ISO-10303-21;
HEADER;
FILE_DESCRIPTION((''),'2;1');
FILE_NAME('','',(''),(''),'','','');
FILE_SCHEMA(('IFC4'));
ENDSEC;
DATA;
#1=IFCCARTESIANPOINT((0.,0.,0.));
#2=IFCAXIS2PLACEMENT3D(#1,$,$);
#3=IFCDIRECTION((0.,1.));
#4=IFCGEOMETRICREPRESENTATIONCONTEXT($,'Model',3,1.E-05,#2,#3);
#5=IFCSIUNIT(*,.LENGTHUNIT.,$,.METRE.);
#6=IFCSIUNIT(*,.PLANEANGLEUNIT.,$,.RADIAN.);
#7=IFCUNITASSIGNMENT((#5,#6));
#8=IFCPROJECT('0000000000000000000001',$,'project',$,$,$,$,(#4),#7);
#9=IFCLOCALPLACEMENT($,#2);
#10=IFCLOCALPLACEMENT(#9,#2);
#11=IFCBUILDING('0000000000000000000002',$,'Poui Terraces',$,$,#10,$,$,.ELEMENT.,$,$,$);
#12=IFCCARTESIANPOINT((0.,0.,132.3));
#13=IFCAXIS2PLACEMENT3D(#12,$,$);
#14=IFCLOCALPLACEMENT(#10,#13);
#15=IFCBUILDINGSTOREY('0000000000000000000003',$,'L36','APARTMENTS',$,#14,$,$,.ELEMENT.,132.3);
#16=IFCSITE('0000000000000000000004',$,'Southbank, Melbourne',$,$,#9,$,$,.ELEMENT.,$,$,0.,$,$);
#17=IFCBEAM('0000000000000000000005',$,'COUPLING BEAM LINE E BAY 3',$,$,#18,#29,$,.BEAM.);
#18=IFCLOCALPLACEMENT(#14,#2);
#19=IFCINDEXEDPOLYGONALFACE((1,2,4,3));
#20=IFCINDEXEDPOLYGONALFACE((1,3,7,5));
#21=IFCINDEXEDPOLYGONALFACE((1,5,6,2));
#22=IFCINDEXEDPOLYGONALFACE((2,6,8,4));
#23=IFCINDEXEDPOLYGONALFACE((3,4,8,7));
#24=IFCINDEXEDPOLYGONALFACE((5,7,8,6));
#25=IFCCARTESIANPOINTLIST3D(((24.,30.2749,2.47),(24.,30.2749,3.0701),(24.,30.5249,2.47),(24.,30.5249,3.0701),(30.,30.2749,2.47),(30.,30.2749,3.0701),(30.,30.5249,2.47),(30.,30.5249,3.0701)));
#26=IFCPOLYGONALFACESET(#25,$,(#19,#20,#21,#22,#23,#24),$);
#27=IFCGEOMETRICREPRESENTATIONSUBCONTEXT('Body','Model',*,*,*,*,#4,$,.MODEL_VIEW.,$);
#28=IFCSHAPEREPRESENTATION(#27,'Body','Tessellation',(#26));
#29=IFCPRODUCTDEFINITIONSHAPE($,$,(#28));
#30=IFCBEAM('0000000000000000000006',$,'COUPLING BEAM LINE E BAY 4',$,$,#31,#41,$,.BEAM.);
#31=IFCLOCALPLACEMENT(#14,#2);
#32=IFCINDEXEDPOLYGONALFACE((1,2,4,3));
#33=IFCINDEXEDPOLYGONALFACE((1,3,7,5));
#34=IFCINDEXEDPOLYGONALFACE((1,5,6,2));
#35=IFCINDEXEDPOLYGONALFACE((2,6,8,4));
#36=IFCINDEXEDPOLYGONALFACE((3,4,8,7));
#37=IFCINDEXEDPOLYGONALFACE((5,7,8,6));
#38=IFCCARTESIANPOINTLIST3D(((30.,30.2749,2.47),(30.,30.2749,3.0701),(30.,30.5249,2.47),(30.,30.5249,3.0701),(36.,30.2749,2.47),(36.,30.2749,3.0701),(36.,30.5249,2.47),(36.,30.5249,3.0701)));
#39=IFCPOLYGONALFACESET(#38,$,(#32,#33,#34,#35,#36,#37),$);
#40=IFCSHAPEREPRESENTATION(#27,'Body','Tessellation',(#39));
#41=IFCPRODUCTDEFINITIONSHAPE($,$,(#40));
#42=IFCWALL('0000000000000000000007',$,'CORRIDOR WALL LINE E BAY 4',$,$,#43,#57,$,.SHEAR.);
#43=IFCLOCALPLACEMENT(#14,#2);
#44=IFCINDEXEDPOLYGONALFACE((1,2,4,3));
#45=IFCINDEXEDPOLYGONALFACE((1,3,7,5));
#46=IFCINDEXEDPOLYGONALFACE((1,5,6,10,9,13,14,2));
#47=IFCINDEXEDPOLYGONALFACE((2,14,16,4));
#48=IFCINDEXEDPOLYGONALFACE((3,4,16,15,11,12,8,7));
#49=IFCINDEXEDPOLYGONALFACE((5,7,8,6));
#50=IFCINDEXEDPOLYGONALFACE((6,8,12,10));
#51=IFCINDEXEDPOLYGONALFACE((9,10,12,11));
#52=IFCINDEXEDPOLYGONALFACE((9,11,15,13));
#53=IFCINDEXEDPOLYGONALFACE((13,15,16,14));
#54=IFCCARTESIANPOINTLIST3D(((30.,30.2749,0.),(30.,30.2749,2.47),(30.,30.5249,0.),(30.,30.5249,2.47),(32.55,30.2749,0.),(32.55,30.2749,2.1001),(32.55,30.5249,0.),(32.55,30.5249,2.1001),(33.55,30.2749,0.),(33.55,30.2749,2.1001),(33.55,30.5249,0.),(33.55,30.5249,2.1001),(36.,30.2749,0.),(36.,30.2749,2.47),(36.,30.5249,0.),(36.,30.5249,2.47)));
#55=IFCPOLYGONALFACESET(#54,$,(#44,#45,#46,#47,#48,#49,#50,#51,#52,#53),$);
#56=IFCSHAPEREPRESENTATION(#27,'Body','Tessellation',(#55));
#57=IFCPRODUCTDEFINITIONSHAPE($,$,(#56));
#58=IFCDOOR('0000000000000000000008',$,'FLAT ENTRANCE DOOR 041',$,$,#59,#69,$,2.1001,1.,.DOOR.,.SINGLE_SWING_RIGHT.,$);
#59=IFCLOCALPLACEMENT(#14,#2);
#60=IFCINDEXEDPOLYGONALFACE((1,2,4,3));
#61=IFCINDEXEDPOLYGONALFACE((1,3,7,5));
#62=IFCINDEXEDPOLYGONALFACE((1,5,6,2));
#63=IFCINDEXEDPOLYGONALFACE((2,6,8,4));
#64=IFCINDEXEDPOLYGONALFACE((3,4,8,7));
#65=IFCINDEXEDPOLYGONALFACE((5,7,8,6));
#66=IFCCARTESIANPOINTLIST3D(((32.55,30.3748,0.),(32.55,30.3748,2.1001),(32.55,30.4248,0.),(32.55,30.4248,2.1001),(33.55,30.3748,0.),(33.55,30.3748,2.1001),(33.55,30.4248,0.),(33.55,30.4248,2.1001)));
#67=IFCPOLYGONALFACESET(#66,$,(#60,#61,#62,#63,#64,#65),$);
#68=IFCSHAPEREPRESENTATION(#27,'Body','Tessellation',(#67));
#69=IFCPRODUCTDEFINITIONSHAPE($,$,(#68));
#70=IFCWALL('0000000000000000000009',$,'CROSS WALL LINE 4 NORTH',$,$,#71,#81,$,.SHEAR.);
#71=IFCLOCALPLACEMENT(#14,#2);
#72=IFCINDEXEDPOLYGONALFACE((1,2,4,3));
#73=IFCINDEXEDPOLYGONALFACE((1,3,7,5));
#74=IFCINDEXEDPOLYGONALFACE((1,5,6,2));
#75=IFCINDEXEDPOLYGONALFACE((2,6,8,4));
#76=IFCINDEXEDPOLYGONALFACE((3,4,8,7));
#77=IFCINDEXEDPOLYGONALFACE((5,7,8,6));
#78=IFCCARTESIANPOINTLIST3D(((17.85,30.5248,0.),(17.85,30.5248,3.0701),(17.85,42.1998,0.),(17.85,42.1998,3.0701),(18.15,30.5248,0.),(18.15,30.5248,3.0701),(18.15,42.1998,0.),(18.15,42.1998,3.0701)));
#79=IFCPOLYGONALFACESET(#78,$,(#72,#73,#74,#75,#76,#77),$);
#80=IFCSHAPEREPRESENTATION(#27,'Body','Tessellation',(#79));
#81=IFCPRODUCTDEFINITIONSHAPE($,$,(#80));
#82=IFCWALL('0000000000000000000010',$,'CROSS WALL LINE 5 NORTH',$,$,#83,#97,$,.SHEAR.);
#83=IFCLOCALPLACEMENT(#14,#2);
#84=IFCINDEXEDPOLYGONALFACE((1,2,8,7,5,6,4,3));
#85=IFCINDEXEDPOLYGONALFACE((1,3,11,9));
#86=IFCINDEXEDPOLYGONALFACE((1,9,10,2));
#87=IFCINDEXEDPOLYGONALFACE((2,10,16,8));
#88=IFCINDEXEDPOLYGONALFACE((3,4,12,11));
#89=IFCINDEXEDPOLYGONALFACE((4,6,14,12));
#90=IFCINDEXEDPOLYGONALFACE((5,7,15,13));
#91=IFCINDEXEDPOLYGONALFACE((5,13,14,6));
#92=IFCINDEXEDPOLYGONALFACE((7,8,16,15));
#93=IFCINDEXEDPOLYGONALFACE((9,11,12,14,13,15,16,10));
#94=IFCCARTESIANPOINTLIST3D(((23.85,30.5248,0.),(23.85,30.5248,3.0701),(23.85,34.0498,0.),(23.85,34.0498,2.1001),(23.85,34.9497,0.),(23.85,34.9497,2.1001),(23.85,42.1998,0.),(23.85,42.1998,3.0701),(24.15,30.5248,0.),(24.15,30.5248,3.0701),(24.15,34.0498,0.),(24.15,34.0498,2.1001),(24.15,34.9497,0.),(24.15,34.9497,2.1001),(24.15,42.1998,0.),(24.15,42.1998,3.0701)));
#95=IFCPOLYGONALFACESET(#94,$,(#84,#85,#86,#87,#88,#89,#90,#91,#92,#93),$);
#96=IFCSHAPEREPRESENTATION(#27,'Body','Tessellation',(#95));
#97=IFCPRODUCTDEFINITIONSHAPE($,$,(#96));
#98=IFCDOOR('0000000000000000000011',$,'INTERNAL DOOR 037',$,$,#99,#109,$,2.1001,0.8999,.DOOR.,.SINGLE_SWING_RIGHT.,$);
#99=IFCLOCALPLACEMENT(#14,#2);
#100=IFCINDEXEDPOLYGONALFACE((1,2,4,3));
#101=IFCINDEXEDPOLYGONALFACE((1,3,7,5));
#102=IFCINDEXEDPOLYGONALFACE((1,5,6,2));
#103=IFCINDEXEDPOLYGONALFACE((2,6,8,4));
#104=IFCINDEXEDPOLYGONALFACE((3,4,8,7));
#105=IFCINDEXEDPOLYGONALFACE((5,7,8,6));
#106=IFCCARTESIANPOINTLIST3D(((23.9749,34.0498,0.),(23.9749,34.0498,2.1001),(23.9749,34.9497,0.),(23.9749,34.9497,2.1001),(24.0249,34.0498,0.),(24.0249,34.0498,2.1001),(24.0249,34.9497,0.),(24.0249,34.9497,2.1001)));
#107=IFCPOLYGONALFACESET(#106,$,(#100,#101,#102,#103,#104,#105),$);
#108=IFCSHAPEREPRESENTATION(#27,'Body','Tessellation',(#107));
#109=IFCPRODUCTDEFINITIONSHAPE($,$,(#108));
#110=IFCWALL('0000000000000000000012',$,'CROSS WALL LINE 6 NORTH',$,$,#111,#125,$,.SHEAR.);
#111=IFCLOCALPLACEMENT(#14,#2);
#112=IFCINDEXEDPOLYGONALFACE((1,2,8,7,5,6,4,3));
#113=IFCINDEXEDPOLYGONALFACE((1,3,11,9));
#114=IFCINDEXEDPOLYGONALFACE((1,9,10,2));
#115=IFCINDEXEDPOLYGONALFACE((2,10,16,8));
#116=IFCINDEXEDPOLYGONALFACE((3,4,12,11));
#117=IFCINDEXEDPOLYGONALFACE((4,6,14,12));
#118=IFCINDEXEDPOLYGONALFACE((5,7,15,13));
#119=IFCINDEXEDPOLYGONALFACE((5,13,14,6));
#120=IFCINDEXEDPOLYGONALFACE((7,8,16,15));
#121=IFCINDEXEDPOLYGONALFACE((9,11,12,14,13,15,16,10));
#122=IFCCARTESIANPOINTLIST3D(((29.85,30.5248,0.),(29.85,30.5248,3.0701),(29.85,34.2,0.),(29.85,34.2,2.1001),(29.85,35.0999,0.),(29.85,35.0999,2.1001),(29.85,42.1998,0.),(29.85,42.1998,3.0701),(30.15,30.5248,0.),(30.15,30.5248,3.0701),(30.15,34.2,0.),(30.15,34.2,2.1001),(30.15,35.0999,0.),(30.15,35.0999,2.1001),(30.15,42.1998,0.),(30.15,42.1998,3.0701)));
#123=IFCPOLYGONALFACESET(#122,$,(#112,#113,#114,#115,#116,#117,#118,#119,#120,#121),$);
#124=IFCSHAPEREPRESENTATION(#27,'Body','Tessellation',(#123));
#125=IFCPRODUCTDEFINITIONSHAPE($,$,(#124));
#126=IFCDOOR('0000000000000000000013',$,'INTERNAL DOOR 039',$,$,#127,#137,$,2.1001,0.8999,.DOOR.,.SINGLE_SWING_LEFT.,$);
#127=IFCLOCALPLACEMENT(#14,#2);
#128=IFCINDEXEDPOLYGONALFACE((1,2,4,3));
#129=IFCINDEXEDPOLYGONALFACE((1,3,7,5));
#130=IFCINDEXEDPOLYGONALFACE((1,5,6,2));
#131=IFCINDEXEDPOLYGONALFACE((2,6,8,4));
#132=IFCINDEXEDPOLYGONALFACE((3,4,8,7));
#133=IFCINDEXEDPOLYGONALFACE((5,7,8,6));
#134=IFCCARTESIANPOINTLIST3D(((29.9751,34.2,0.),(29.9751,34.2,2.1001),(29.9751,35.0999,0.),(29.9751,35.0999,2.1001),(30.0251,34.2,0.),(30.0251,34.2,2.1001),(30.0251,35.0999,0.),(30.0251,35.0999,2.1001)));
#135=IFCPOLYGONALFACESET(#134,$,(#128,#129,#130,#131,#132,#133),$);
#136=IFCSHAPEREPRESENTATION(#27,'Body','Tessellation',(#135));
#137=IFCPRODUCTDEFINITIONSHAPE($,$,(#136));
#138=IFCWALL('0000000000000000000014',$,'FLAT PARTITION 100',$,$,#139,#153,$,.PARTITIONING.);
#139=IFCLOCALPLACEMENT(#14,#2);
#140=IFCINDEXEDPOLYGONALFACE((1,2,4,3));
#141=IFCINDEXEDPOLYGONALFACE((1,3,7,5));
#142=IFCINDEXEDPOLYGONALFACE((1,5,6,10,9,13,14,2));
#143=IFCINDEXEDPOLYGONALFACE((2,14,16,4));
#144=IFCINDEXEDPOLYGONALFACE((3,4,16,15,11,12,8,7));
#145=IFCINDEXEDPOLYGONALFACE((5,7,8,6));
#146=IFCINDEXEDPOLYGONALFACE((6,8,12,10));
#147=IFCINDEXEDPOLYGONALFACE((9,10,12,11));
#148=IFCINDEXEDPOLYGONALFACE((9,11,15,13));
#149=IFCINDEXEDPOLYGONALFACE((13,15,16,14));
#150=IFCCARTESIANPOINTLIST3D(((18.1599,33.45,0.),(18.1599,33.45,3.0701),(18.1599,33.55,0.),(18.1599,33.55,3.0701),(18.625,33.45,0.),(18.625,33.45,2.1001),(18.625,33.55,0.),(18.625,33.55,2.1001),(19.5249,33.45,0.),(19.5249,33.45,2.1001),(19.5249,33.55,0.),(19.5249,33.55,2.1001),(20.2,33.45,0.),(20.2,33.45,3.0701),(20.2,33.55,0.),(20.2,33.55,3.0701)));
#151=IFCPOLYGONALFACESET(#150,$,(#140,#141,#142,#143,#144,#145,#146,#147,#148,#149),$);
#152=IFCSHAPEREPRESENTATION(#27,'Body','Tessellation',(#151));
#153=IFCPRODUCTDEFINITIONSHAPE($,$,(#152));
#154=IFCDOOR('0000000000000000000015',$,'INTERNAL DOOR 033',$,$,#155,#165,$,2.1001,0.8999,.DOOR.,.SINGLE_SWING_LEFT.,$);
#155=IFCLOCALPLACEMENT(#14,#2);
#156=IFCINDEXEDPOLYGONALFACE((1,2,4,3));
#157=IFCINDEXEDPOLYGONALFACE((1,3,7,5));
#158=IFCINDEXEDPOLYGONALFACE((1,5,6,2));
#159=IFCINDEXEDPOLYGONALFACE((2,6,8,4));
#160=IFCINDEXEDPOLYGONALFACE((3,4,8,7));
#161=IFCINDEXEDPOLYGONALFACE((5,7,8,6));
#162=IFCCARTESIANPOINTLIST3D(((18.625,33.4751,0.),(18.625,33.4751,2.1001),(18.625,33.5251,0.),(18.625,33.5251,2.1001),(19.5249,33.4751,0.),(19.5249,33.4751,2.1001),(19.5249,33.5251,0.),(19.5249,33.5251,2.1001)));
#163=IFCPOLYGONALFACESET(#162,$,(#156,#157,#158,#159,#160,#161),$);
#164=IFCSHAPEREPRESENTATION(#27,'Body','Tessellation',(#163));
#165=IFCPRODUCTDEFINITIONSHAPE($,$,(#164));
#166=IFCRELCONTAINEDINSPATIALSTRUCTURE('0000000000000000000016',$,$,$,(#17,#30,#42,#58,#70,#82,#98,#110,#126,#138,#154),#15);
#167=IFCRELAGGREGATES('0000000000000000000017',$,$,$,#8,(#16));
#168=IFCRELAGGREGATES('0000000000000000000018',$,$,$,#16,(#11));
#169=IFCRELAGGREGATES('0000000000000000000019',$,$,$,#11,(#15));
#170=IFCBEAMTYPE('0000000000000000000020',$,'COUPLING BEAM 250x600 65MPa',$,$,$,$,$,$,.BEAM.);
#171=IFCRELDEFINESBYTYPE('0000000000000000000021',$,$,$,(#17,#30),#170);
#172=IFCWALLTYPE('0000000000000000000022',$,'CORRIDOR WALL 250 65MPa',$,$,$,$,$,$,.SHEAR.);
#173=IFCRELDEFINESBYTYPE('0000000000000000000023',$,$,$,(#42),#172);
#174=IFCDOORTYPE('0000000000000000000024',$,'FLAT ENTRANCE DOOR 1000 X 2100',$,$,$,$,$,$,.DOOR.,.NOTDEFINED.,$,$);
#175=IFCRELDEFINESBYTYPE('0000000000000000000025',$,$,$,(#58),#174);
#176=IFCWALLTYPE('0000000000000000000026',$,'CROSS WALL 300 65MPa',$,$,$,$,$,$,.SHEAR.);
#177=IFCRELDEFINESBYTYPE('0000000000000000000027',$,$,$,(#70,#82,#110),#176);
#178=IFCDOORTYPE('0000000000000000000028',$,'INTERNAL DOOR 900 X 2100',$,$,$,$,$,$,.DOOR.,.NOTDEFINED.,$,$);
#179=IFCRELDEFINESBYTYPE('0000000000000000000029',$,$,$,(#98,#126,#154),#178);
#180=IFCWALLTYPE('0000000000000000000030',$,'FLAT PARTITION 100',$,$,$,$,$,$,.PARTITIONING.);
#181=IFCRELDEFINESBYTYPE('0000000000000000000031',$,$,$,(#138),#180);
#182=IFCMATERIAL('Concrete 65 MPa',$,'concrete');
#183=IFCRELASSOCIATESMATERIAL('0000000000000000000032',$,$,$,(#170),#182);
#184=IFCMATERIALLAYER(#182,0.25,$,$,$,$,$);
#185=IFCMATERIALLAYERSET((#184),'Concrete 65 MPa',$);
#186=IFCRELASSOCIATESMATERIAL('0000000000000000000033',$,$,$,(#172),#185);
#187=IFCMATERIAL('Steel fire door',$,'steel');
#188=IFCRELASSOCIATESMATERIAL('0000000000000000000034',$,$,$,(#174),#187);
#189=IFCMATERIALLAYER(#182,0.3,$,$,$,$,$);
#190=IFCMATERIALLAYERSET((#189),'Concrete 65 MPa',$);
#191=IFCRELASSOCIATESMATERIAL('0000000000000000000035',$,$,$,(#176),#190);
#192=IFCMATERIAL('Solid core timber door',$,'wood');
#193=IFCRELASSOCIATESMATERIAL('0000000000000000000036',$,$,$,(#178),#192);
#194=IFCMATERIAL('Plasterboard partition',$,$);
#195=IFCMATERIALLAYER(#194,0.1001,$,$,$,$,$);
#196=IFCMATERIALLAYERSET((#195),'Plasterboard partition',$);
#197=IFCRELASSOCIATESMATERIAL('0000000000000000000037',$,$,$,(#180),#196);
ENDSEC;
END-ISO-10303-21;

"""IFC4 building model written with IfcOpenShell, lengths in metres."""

from ifc_helpers import new_model, si_unit, direction, frame, frame_2d, origin, origin_2d, place, context, subcontext, project, spatial, rectangle, extrude, source, transform, mapped, material, layer, layer_set, material_profile, profile_set, type_object, element, fill, save


model = new_model("IFC4")

# Units and contexts
model_context = context("Model", 3, precision=1e-05, world=origin(), true_north=direction((0.0, 1.0)))
body_context = subcontext(model_context, "Body", "Model", "MODEL_VIEW")
ifc_project = project(units=[si_unit("LENGTHUNIT", "METRE"), si_unit("PLANEANGLEUNIT", "RADIAN")], contexts=[model_context])

# Site, building, storey
site_placement = place(None, origin())
site = spatial("IfcSite", under=ifc_project, at=site_placement, Name="Southbank, Melbourne", CompositionType="ELEMENT", RefElevation=0.0)
building_placement = place(site_placement, origin())
building = spatial("IfcBuilding", under=site, at=building_placement, Name="Poui Terraces", CompositionType="ELEMENT")
storey_placement = place(building_placement, frame((0.0, 0.0, 132.3)))
storey = spatial("IfcBuildingStorey", under=building, at=storey_placement, Name="L36", Description="APARTMENTS", CompositionType="ELEMENT", Elevation=132.3)

# Beams
ifc_material_1 = material(Name="Concrete 65 MPa", Category="concrete")
ifc_material_profile_1 = material_profile(ifc_material_1, rectangle(XDim=0.25, YDim=0.6001, at=origin_2d()), Name="RC 250x600")
ifc_profile_set_1 = profile_set([ifc_material_profile_1], Name="Concrete 65 MPa")
beam_type = type_object("IfcBeamType", Name="COUPLING BEAM 250x600 65MPa", PredefinedType="BEAM", material=ifc_profile_set_1)
shared_shape_1 = source(origin(), body_context, "Body", "SweptSolid", [
    extrude(rectangle(XDim=0.25, YDim=0.6001, at=origin_2d()), origin(), (0.0, 0.0, 1.0), 6.0),
])
for number, where, z_axis, x_axis, name in (
    (1, (24.0, 30.3999, 2.77), (1.0, 0.0, 0.0), (0.0, 1.0, 0.0), "COUPLING BEAM LINE E BAY 3"),
    (2, (30.0, 30.3999, 2.77), (1.0, 0.0, 0.0), (0.0, 1.0, 0.0), "COUPLING BEAM LINE E BAY 4"),
):
    element("IfcBeam", number, at=place(storey_placement, frame(where, z_axis=z_axis, x_axis=x_axis)), inside=storey, type_object=beam_type, Name=name, PredefinedType="BEAM", context=body_context, shape_type="MappedRepresentation", body=[
        mapped(shared_shape_1, transform((0.0, 0.0, 0.0))),
    ])

# Wall, opening, door
ifc_layer_1 = layer(ifc_material_1, 0.25)
ifc_layer_set_1 = layer_set([ifc_layer_1], Name="Concrete 65 MPa")
wall_type_1 = type_object("IfcWallType", Name="CORRIDOR WALL 250 65MPa", PredefinedType="SHEAR", material=ifc_layer_set_1)
wall_1_placement = place(storey_placement, frame((30.0, 30.3999, 0.0), z_axis=(0.0, 0.0, 1.0), x_axis=(1.0, 0.0, 0.0)))
wall_1 = element("IfcWall", 3, at=wall_1_placement, inside=storey, type_object=wall_type_1, Name="CORRIDOR WALL LINE E BAY 4", PredefinedType="SHEAR", context=body_context, shape_type="SweptSolid", body=[
    extrude(rectangle(XDim=6.0, YDim=0.25, at=frame_2d((3.0, 0.0))), origin(), (0.0, 0.0, 1.0), 2.47),
])
opening_1_placement = place(wall_1_placement, frame((2.55, 0.0, 0.0)))
opening_1 = element("IfcOpeningElement", 4, at=opening_1_placement, cuts=wall_1, PredefinedType="OPENING", context=body_context, shape_type="SweptSolid", body=[
    extrude(rectangle(XDim=1.0, YDim=2.1001, at=frame_2d((0.5, 1.05))), frame((0.0, 0.135, 0.0), z_axis=(0.0, -1.0, 0.0), x_axis=(1.0, 0.0, 0.0)), (0.0, 0.0, 1.0), 0.27),
])
ifc_material_2 = material(Name="Steel fire door", Category="steel")
door_type_1 = type_object("IfcDoorType", Name="FLAT ENTRANCE DOOR 1000 X 2100", OperationType="NOTDEFINED", PredefinedType="DOOR", material=ifc_material_2)
door_1_placement = place(opening_1_placement, origin())
door_1 = element("IfcDoor", 5, at=door_1_placement, inside=storey, type_object=door_type_1, Name="FLAT ENTRANCE DOOR 041", OperationType="SINGLE_SWING_RIGHT", OverallHeight=2.1001, OverallWidth=1.0, PredefinedType="DOOR", context=body_context, shape_type="SweptSolid", body=[
    extrude(rectangle(XDim=1.0, YDim=2.1001, at=frame_2d((0.5, 1.05))), frame((0.0, 0.0249, 0.0), z_axis=(0.0, -1.0, 0.0), x_axis=(1.0, 0.0, 0.0)), (0.0, 0.0, 1.0), 0.05),
])
fill(opening_1, door_1)

# Wall
ifc_layer_2 = layer(ifc_material_1, 0.3)
ifc_layer_set_2 = layer_set([ifc_layer_2], Name="Concrete 65 MPa")
wall_type_2 = type_object("IfcWallType", Name="CROSS WALL 300 65MPa", PredefinedType="SHEAR", material=ifc_layer_set_2)
wall_2_placement = place(storey_placement, frame((18.0, 30.5249, 0.0), z_axis=(0.0, 0.0, 1.0), x_axis=(0.0, 1.0, 0.0)))
element("IfcWall", 6, at=wall_2_placement, inside=storey, type_object=wall_type_2, Name="CROSS WALL LINE 4 NORTH", PredefinedType="SHEAR", context=body_context, shape_type="SweptSolid", body=[
    extrude(rectangle(XDim=11.675, YDim=0.3, at=frame_2d((5.8374, 0.0))), origin(), (0.0, 0.0, 1.0), 3.0701),
])

# Walls, openings, doors
wall_3_placement = place(storey_placement, frame((24.0, 30.5249, 0.0), z_axis=(0.0, 0.0, 1.0), x_axis=(0.0, 1.0, 0.0)))
wall_3 = element("IfcWall", 7, at=wall_3_placement, inside=storey, type_object=wall_type_2, Name="CROSS WALL LINE 5 NORTH", PredefinedType="SHEAR", context=body_context, shape_type="SweptSolid", body=[
    extrude(rectangle(XDim=11.675, YDim=0.3, at=frame_2d((5.8374, 0.0))), origin(), (0.0, 0.0, 1.0), 3.0701),
])
opening_2_placement = place(wall_3_placement, frame((3.5249, 0.0, 0.0)))
opening_2 = element("IfcOpeningElement", 8, at=opening_2_placement, cuts=wall_3, PredefinedType="OPENING", context=body_context, shape_type="SweptSolid", body=[
    extrude(rectangle(XDim=0.8999, YDim=2.1001, at=frame_2d((0.45, 1.05))), frame((0.0, 0.1602, 0.0), z_axis=(0.0, -1.0, 0.0), x_axis=(1.0, 0.0, 0.0)), (0.0, 0.0, 1.0), 0.3201),
])
ifc_material_3 = material(Name="Solid core timber door", Category="wood")
door_type_2 = type_object("IfcDoorType", Name="INTERNAL DOOR 900 X 2100", OperationType="NOTDEFINED", PredefinedType="DOOR", material=ifc_material_3)
door_2_placement = place(opening_2_placement, frame((0.8999, 0.0, 0.0), z_axis=(0.0, 0.0, 1.0), x_axis=(-1.0, 0.0, 0.0)))
door_2 = element("IfcDoor", 9, at=door_2_placement, inside=storey, type_object=door_type_2, Name="INTERNAL DOOR 037", OperationType="SINGLE_SWING_RIGHT", OverallHeight=2.1001, OverallWidth=0.8999, PredefinedType="DOOR", context=body_context, shape_type="SweptSolid", body=[
    extrude(rectangle(XDim=0.8999, YDim=2.1001, at=frame_2d((0.45, 1.05))), frame((0.0, 0.0249, 0.0), z_axis=(0.0, -1.0, 0.0), x_axis=(1.0, 0.0, 0.0)), (0.0, 0.0, 1.0), 0.05),
])
fill(opening_2, door_2)
wall_4_placement = place(storey_placement, frame((30.0, 30.5249, 0.0), z_axis=(0.0, 0.0, 1.0), x_axis=(0.0, 1.0, 0.0)))
wall_4 = element("IfcWall", 10, at=wall_4_placement, inside=storey, type_object=wall_type_2, Name="CROSS WALL LINE 6 NORTH", PredefinedType="SHEAR", context=body_context, shape_type="SweptSolid", body=[
    extrude(rectangle(XDim=11.675, YDim=0.3, at=frame_2d((5.8374, 0.0))), origin(), (0.0, 0.0, 1.0), 3.0701),
])
opening_3_placement = place(wall_4_placement, frame((3.675, 0.0, 0.0)))
opening_3 = element("IfcOpeningElement", 11, at=opening_3_placement, cuts=wall_4, PredefinedType="OPENING", context=body_context, shape_type="SweptSolid", body=[
    extrude(rectangle(XDim=0.8999, YDim=2.1001, at=frame_2d((0.45, 1.05))), frame((0.0, 0.1602, 0.0), z_axis=(0.0, -1.0, 0.0), x_axis=(1.0, 0.0, 0.0)), (0.0, 0.0, 1.0), 0.3201),
])
door_3_placement = place(opening_3_placement, origin())
door_3 = element("IfcDoor", 12, at=door_3_placement, inside=storey, type_object=door_type_2, Name="INTERNAL DOOR 039", OperationType="SINGLE_SWING_LEFT", OverallHeight=2.1001, OverallWidth=0.8999, PredefinedType="DOOR", context=body_context, shape_type="SweptSolid", body=[
    extrude(rectangle(XDim=0.8999, YDim=2.1001, at=frame_2d((0.45, 1.05))), frame((0.0, 0.0249, 0.0), z_axis=(0.0, -1.0, 0.0), x_axis=(1.0, 0.0, 0.0)), (0.0, 0.0, 1.0), 0.05),
])
fill(opening_3, door_3)
ifc_material_4 = material(Name="Plasterboard partition")
ifc_layer_3 = layer(ifc_material_4, 0.1001)
ifc_layer_set_3 = layer_set([ifc_layer_3], Name="Plasterboard partition")
wall_type_3 = type_object("IfcWallType", Name="FLAT PARTITION 100", PredefinedType="PARTITIONING", material=ifc_layer_set_3)
wall_5_placement = place(storey_placement, frame((18.1599, 33.5, 0.0), z_axis=(0.0, 0.0, 1.0), x_axis=(1.0, 0.0, 0.0)))
wall_5 = element("IfcWall", 13, at=wall_5_placement, inside=storey, type_object=wall_type_3, Name="FLAT PARTITION 100", PredefinedType="PARTITIONING", context=body_context, shape_type="SweptSolid", body=[
    extrude(rectangle(XDim=2.04, YDim=0.1001, at=frame_2d((1.02, 0.0))), origin(), (0.0, 0.0, 1.0), 3.0701),
])
opening_4_placement = place(wall_5_placement, frame((0.4651, 0.0, 0.0)))
opening_4 = element("IfcOpeningElement", 14, at=opening_4_placement, cuts=wall_5, PredefinedType="OPENING", context=body_context, shape_type="SweptSolid", body=[
    extrude(rectangle(XDim=0.8999, YDim=2.1001, at=frame_2d((0.45, 1.05))), frame((0.0, 0.0601, 0.0), z_axis=(0.0, -1.0, 0.0), x_axis=(1.0, 0.0, 0.0)), (0.0, 0.0, 1.0), 0.1201),
])
door_4_placement = place(opening_4_placement, frame((0.8999, 0.0, 0.0), z_axis=(0.0, 0.0, 1.0), x_axis=(-1.0, 0.0, 0.0)))
door_4 = element("IfcDoor", 15, at=door_4_placement, inside=storey, type_object=door_type_2, Name="INTERNAL DOOR 033", OperationType="SINGLE_SWING_LEFT", OverallHeight=2.1001, OverallWidth=0.8999, PredefinedType="DOOR", context=body_context, shape_type="SweptSolid", body=[
    extrude(rectangle(XDim=0.8999, YDim=2.1001, at=frame_2d((0.45, 1.05))), frame((0.0, 0.0249, 0.0), z_axis=(0.0, -1.0, 0.0), x_axis=(1.0, 0.0, 0.0)), (0.0, 0.0, 1.0), 0.05),
])
fill(opening_4, door_4)

save(model, "model.ifc")
